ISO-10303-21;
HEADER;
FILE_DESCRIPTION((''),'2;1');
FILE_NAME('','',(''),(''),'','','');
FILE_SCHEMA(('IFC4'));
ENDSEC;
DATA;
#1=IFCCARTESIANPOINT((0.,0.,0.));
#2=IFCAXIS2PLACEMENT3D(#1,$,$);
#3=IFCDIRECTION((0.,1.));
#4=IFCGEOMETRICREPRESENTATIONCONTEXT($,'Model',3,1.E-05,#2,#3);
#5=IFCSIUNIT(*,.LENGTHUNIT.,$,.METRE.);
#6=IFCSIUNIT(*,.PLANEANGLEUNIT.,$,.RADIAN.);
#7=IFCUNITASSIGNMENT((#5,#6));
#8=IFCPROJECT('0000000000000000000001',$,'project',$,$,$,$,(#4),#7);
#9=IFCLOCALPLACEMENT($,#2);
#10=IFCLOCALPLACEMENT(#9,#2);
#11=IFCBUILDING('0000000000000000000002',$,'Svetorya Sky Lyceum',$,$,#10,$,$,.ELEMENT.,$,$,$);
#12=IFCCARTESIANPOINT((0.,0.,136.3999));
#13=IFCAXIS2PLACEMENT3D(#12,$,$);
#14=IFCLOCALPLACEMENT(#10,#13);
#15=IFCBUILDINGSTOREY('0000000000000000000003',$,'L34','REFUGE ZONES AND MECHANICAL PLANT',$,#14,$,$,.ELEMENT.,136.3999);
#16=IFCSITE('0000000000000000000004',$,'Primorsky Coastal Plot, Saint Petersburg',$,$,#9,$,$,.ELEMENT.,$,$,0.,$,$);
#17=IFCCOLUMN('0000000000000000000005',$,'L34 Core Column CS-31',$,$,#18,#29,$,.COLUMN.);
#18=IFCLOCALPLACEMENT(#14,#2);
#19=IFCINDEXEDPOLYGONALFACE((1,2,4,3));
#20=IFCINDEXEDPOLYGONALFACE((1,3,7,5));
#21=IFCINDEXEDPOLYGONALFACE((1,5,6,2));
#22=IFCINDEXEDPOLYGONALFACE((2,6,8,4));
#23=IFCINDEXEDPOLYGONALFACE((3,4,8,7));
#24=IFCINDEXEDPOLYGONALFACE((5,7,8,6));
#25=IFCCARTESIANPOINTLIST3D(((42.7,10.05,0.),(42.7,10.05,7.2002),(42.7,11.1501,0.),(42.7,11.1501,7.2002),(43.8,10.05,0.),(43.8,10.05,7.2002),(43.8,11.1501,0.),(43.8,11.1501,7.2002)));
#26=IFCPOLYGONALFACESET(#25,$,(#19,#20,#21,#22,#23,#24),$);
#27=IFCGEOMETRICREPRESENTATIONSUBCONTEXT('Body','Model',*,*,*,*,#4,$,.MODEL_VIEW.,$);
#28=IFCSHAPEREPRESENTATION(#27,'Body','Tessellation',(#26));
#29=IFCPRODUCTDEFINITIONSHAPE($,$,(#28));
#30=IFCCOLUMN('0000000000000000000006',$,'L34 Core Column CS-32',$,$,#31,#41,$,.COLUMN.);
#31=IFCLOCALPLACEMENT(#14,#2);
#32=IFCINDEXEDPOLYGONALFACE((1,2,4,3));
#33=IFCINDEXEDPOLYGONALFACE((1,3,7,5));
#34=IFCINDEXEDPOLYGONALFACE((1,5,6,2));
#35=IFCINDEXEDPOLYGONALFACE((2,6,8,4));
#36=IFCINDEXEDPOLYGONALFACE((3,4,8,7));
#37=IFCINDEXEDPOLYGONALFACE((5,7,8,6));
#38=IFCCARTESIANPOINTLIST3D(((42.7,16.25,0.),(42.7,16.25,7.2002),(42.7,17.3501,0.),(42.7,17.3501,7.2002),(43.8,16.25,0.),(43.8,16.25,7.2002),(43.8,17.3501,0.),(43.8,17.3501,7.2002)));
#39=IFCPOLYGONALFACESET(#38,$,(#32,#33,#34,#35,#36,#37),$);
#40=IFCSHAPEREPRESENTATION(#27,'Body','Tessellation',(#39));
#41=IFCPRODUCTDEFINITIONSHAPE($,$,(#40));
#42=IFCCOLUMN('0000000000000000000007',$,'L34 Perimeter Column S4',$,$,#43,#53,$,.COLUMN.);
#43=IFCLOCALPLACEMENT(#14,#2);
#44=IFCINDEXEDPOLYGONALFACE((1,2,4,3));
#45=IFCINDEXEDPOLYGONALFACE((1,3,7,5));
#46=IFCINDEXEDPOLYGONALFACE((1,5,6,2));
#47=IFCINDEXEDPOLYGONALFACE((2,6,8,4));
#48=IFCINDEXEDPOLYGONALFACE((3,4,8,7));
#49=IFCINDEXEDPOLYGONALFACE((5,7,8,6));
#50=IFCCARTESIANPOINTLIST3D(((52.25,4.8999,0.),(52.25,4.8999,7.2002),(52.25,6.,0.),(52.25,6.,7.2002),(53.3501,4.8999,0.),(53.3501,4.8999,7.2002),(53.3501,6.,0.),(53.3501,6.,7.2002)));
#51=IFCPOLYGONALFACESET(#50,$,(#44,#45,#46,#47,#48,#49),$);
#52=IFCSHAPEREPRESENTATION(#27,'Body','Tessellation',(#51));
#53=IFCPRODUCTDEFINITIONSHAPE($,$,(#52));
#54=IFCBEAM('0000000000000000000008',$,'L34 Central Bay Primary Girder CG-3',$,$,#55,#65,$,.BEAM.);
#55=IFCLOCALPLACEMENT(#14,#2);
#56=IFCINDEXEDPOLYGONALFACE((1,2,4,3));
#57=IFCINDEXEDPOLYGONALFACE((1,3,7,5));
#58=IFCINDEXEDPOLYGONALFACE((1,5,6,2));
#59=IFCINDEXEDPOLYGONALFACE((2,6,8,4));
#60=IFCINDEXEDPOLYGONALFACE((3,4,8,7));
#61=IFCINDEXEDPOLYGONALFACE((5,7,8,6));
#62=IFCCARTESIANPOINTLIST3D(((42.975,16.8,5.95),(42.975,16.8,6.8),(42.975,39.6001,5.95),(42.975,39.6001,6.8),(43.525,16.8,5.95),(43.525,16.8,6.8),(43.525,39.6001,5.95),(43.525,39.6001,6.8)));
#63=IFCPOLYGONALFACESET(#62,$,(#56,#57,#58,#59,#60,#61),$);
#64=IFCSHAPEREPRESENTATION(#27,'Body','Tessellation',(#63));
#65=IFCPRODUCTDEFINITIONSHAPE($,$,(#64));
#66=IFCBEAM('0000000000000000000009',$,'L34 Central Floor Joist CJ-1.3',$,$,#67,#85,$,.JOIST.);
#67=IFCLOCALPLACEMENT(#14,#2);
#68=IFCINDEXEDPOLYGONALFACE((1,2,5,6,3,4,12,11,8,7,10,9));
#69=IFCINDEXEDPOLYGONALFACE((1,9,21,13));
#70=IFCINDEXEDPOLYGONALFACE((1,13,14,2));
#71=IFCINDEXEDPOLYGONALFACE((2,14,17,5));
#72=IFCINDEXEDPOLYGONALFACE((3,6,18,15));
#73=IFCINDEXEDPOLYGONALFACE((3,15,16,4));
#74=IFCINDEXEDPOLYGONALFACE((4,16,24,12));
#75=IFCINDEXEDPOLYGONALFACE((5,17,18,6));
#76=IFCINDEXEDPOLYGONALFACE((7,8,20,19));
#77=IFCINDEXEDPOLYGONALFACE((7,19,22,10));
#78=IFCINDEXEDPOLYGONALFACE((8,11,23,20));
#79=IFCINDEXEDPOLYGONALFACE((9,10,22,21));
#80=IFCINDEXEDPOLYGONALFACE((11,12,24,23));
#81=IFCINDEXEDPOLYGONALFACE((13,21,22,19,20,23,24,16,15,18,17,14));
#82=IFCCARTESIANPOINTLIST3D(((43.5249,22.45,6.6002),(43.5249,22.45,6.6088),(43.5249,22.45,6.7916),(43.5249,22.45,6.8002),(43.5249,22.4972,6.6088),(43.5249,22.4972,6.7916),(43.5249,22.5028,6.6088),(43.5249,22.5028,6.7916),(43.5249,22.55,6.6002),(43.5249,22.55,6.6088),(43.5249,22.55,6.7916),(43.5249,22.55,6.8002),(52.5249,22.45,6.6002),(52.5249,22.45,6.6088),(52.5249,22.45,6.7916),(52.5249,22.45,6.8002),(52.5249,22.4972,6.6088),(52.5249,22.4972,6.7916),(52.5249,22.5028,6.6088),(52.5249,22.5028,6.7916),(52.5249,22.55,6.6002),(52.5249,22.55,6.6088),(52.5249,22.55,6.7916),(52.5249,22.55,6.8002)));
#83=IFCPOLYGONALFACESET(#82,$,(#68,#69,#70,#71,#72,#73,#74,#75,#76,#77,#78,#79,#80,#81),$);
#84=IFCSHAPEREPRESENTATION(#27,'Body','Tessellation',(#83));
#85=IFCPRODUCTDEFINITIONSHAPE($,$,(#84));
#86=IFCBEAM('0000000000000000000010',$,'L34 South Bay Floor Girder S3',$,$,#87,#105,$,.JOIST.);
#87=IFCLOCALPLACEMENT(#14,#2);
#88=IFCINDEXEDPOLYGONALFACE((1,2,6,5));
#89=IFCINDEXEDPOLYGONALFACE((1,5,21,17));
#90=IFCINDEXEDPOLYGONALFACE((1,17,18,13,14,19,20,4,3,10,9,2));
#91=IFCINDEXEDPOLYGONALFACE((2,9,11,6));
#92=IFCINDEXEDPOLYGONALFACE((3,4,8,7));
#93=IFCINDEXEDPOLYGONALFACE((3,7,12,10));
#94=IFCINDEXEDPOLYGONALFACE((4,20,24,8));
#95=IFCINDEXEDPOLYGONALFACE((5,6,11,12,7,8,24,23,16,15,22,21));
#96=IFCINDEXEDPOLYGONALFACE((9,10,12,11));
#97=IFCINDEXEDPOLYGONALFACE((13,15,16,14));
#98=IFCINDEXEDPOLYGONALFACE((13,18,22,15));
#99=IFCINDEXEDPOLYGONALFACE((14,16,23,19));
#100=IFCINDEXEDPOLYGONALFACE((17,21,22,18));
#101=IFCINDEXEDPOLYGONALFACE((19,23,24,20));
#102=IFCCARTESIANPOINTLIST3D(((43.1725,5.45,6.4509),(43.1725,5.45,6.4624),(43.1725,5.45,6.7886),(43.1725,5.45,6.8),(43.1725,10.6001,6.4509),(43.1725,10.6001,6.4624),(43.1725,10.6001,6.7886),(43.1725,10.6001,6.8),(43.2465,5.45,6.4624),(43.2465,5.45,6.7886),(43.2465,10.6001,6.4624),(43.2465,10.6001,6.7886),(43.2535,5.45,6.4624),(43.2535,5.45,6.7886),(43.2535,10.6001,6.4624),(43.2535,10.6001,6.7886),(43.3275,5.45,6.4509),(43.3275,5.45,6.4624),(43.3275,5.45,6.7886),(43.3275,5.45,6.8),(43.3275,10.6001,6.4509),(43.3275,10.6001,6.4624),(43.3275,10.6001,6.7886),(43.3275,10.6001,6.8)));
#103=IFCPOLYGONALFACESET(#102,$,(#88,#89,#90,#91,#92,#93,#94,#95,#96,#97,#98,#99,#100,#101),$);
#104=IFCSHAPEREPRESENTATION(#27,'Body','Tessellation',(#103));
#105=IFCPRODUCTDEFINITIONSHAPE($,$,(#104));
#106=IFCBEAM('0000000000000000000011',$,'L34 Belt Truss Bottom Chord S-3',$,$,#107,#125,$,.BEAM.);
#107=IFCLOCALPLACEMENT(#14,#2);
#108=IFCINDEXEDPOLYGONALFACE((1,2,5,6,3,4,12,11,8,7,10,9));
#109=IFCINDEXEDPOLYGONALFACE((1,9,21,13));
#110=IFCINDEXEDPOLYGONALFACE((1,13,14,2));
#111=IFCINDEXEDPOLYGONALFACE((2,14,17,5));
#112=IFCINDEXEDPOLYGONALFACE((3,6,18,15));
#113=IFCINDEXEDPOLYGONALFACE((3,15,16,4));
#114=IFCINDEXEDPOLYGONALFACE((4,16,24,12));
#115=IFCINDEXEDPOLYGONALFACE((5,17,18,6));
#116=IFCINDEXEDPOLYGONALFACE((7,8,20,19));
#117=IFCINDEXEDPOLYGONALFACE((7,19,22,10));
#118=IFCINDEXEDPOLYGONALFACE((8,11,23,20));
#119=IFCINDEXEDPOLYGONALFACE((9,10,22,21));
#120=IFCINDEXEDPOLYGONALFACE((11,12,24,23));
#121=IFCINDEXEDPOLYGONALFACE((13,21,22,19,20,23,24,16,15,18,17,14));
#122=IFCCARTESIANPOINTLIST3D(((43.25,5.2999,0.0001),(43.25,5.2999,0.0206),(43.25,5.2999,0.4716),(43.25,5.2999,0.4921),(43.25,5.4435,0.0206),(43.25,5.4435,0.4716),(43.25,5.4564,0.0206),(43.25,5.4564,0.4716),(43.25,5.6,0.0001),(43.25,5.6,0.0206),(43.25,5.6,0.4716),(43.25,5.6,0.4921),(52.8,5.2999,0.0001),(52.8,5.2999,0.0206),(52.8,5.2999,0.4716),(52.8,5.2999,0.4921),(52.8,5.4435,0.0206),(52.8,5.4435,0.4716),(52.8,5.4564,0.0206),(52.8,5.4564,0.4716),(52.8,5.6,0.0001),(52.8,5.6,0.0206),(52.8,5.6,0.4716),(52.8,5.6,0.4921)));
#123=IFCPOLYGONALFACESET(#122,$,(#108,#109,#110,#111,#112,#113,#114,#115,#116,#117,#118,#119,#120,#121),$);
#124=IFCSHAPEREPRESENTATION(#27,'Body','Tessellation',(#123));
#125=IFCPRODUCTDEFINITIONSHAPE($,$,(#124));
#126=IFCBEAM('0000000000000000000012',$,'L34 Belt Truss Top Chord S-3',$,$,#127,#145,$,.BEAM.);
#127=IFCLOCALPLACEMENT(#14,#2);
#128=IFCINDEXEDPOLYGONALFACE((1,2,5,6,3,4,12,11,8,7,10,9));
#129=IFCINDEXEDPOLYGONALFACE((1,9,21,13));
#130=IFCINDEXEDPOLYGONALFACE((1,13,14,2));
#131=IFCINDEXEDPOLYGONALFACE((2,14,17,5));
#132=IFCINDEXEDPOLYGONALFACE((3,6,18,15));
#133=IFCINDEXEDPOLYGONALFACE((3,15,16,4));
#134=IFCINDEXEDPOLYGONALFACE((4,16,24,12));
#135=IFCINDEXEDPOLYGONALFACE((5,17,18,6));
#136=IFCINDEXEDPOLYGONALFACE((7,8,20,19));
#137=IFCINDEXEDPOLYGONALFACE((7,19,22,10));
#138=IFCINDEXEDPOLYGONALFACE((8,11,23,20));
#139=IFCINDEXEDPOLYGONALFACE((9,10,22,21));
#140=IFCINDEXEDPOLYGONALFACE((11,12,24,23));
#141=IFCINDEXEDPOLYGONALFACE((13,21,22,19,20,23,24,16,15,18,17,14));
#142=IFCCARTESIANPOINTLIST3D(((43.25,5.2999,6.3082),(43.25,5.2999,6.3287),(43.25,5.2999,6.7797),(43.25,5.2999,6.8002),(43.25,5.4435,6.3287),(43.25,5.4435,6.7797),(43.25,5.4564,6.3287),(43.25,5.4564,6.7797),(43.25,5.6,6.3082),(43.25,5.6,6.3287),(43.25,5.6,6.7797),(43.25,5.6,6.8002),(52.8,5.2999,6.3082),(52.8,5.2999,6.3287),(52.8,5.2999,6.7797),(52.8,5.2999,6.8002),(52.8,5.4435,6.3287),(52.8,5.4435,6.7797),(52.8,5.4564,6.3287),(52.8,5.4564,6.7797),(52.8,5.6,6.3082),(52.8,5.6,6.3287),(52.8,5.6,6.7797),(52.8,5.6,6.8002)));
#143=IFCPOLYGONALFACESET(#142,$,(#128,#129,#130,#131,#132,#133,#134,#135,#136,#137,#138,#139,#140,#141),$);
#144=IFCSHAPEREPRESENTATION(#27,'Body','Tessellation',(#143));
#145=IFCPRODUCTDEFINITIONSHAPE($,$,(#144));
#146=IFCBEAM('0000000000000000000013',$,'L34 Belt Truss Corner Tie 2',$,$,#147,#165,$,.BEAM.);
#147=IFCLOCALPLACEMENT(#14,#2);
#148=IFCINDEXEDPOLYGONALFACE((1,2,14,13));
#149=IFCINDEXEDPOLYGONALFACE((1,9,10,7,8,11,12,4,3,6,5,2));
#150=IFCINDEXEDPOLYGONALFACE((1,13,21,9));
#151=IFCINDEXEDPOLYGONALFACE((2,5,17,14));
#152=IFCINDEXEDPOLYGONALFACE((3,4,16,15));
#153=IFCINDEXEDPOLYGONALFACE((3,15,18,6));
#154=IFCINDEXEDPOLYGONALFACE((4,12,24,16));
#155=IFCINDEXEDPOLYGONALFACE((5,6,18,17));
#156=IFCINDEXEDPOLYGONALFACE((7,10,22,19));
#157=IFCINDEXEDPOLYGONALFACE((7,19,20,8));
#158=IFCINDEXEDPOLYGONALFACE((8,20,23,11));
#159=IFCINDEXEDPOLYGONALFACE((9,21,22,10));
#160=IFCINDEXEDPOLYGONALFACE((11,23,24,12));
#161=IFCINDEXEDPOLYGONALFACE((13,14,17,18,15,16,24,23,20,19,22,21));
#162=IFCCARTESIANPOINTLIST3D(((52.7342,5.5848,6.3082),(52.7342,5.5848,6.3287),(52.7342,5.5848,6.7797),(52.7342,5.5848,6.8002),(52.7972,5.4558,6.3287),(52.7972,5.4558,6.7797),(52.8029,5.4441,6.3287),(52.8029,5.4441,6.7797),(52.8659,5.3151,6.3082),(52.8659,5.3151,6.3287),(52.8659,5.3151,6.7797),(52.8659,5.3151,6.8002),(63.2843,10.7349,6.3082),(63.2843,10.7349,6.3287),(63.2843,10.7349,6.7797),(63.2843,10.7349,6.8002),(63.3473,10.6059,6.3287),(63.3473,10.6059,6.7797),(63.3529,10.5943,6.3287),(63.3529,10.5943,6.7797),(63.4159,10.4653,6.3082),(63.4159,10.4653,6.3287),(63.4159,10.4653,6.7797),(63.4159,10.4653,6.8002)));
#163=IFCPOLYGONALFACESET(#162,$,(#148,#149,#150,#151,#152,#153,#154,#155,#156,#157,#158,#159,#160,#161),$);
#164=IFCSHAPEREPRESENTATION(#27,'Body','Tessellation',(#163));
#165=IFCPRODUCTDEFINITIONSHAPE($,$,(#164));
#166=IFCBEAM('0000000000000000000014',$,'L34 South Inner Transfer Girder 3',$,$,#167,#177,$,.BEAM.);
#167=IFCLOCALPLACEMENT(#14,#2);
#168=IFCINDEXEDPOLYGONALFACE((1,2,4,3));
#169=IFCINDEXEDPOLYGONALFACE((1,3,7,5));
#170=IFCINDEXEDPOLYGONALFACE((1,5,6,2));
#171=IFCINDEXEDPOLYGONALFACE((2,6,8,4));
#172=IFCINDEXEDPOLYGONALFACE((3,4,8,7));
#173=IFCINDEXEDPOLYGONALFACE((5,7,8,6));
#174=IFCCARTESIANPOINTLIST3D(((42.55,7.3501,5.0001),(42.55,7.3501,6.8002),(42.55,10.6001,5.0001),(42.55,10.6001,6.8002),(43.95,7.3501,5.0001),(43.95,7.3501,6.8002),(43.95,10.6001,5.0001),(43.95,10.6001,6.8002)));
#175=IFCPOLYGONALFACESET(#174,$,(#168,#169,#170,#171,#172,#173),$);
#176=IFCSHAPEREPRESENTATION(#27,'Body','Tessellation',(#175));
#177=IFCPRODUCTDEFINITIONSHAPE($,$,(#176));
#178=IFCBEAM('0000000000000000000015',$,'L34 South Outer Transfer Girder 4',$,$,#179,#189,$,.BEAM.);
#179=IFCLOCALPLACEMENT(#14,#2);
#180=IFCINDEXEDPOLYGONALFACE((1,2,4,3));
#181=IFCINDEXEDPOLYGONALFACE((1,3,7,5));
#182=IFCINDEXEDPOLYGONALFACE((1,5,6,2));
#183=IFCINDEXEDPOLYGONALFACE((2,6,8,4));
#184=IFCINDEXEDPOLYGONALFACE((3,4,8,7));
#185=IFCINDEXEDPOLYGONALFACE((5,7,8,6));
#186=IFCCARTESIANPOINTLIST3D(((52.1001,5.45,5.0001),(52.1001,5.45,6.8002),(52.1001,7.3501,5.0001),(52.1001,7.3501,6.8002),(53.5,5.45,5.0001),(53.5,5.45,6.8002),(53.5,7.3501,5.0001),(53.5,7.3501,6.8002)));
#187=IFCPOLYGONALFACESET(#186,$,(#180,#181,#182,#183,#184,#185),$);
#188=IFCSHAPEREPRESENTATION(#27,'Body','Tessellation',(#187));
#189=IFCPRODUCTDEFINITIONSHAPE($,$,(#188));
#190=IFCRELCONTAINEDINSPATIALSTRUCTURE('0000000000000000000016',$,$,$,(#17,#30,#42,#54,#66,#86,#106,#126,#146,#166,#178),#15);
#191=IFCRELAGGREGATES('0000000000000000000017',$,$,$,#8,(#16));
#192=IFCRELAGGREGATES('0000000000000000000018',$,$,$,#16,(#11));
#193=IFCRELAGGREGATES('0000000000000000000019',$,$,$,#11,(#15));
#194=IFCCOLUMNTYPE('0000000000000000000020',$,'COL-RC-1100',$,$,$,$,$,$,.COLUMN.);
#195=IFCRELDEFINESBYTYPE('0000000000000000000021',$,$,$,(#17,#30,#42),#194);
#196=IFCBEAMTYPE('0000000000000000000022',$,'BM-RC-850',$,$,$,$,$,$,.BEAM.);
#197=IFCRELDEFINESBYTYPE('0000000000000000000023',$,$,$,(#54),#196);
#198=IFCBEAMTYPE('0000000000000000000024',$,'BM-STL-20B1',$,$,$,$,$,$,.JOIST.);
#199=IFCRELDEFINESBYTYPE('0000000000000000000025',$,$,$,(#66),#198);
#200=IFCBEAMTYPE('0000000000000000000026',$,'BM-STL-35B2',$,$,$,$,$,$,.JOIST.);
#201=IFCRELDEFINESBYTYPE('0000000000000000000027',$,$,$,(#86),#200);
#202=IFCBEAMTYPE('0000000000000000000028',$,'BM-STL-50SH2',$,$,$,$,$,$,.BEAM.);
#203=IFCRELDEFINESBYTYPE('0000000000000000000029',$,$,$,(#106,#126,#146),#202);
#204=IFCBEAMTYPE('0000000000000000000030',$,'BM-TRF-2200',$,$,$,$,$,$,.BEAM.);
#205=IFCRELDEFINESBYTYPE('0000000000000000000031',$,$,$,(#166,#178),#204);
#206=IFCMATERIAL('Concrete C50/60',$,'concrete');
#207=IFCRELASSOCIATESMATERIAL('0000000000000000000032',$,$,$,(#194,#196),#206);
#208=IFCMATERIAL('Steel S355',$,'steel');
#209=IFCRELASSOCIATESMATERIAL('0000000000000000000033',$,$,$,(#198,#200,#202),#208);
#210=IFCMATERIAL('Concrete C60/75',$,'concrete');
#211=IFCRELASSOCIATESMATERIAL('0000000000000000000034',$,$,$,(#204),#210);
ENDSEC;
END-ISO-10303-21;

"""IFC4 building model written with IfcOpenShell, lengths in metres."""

from ifc_helpers import new_model, si_unit, direction, frame, origin, origin_2d, place, context, subcontext, project, spatial, rectangle, i_section, extrude, material, material_profile, profile_set, type_object, element, save


model = new_model("IFC4")

# Units and contexts
model_context = context("Model", 3, precision=1e-05, world=origin(), true_north=direction((0.0, 1.0)))
body_context = subcontext(model_context, "Body", "Model", "MODEL_VIEW")
ifc_project = project(units=[si_unit("LENGTHUNIT", "METRE"), si_unit("PLANEANGLEUNIT", "RADIAN")], contexts=[model_context])

# Site, building, storey
site_placement = place(None, origin())
site = spatial("IfcSite", under=ifc_project, at=site_placement, Name="Primorsky Coastal Plot, Saint Petersburg", CompositionType="ELEMENT", RefElevation=0.0)
building_placement = place(site_placement, origin())
building = spatial("IfcBuilding", under=site, at=building_placement, Name="Svetorya Sky Lyceum", CompositionType="ELEMENT")
storey_placement = place(building_placement, frame((0.0, 0.0, 136.3999)))
storey = spatial("IfcBuildingStorey", under=building, at=storey_placement, Name="L34", Description="REFUGE ZONES AND MECHANICAL PLANT", CompositionType="ELEMENT", Elevation=136.3999)

# Columns
ifc_material_1 = material(Name="Concrete C50/60", Category="concrete")
ifc_material_profile_1 = material_profile(ifc_material_1, rectangle(XDim=1.1001, YDim=1.1001, at=origin_2d()), Name="RC COL 1100x1100")
ifc_profile_set_1 = profile_set([ifc_material_profile_1], Name="Concrete C50/60")
column_type = type_object("IfcColumnType", Name="COL-RC-1100", PredefinedType="COLUMN", material=ifc_profile_set_1)
for number, where, z_axis, x_axis, name in (
    (1, (43.25, 10.6001, 0.0), (0.0, 0.0, 1.0), (1.0, 0.0, 0.0), "L34 Core Column CS-31"),
    (2, (43.25, 16.8, 0.0), (0.0, 0.0, 1.0), (1.0, 0.0, 0.0), "L34 Core Column CS-32"),
    (3, (52.8, 5.45, 0.0), (0.0, 0.0, 1.0), (1.0, 0.0, 0.0), "L34 Perimeter Column S4"),
):
    element("IfcColumn", number, at=place(storey_placement, frame(where, z_axis=z_axis, x_axis=x_axis)), inside=storey, type_object=column_type, Name=name, PredefinedType="COLUMN", context=body_context, shape_type="SweptSolid", body=[
        extrude(rectangle(XDim=1.1001, YDim=1.1001, at=origin_2d()), origin(), (0.0, 0.0, 1.0), 7.2002),
    ])

# Beams
ifc_material_profile_2 = material_profile(ifc_material_1, rectangle(XDim=0.55, YDim=0.8501, at=origin_2d()), Name="RC BEAM 550x850")
ifc_profile_set_2 = profile_set([ifc_material_profile_2], Name="Concrete C50/60")
beam_type_1 = type_object("IfcBeamType", Name="BM-RC-850", PredefinedType="BEAM", material=ifc_profile_set_2)
beam_1_placement = place(storey_placement, frame((43.25, 16.8, 6.375), z_axis=(0.0, 1.0, 0.0), x_axis=(-1.0, 0.0, 0.0)))
element("IfcBeam", 4, at=beam_1_placement, inside=storey, type_object=beam_type_1, Name="L34 Central Bay Primary Girder CG-3", PredefinedType="BEAM", context=body_context, shape_type="SweptSolid", body=[
    extrude(rectangle(XDim=0.55, YDim=0.8501, at=origin_2d()), origin(), (0.0, 0.0, 1.0), 22.8),
])
ifc_material_2 = material(Name="Steel S355", Category="steel")
ifc_material_profile_3 = material_profile(ifc_material_2, i_section(OverallWidth=0.1001, OverallDepth=0.2, WebThickness=0.0056, FlangeThickness=0.0085, at=origin_2d()), Name="GOST 20B1")
ifc_profile_set_3 = profile_set([ifc_material_profile_3], Name="Steel S355")
beam_type_2 = type_object("IfcBeamType", Name="BM-STL-20B1", PredefinedType="JOIST", material=ifc_profile_set_3)
beam_2_placement = place(storey_placement, frame((43.5249, 22.5, 6.7002), z_axis=(1.0, 0.0, 0.0), x_axis=(0.0, 1.0, 0.0)))
element("IfcBeam", 5, at=beam_2_placement, inside=storey, type_object=beam_type_2, Name="L34 Central Floor Joist CJ-1.3", PredefinedType="JOIST", context=body_context, shape_type="SweptSolid", body=[
    extrude(i_section(OverallWidth=0.1001, OverallDepth=0.2, WebThickness=0.0056, FlangeThickness=0.0085, at=origin_2d()), origin(), (0.0, 0.0, 1.0), 9.0),
])
ifc_material_profile_4 = material_profile(ifc_material_2, i_section(OverallWidth=0.155, OverallDepth=0.3491, WebThickness=0.0071, FlangeThickness=0.0115, at=origin_2d()), Name="GOST 35B2")
ifc_profile_set_4 = profile_set([ifc_material_profile_4], Name="Steel S355")
beam_type_3 = type_object("IfcBeamType", Name="BM-STL-35B2", PredefinedType="JOIST", material=ifc_profile_set_4)
beam_3_placement = place(storey_placement, frame((43.25, 5.45, 6.6255), z_axis=(0.0, 1.0, 0.0), x_axis=(-1.0, 0.0, 0.0)))
element("IfcBeam", 6, at=beam_3_placement, inside=storey, type_object=beam_type_3, Name="L34 South Bay Floor Girder S3", PredefinedType="JOIST", context=body_context, shape_type="SweptSolid", body=[
    extrude(i_section(OverallWidth=0.155, OverallDepth=0.3491, WebThickness=0.0071, FlangeThickness=0.0115, at=origin_2d()), origin(), (0.0, 0.0, 1.0), 5.1501),
])
ifc_material_profile_5 = material_profile(ifc_material_2, i_section(OverallWidth=0.3, OverallDepth=0.4919, WebThickness=0.0129, FlangeThickness=0.0205, at=origin_2d()), Name="GOST 50Sh2")
ifc_profile_set_5 = profile_set([ifc_material_profile_5], Name="Steel S355")
beam_type_4 = type_object("IfcBeamType", Name="BM-STL-50SH2", PredefinedType="BEAM", material=ifc_profile_set_5)
for number, where, z_axis, x_axis, name in (
    (7, (43.25, 5.45, 0.2461), (1.0, 0.0, 0.0), (0.0, 1.0, 0.0), "L34 Belt Truss Bottom Chord S-3"),
    (8, (43.25, 5.45, 6.5542), (1.0, 0.0, 0.0), (0.0, 1.0, 0.0), "L34 Belt Truss Top Chord S-3"),
):
    element("IfcBeam", number, at=place(storey_placement, frame(where, z_axis=z_axis, x_axis=x_axis)), inside=storey, type_object=beam_type_4, Name=name, PredefinedType="BEAM", context=body_context, shape_type="SweptSolid", body=[
        extrude(i_section(OverallWidth=0.3, OverallDepth=0.4919, WebThickness=0.0129, FlangeThickness=0.0205, at=origin_2d()), origin(), (0.0, 0.0, 1.0), 9.55),
    ])
beam_4_placement = place(storey_placement, frame((52.8, 5.45, 6.5542), z_axis=(0.898641, 0.438684, 0.0), x_axis=(-0.438684, 0.898641, 0.0)))
element("IfcBeam", 9, at=beam_4_placement, inside=storey, type_object=beam_type_4, Name="L34 Belt Truss Corner Tie 2", PredefinedType="BEAM", context=body_context, shape_type="SweptSolid", body=[
    extrude(i_section(OverallWidth=0.3, OverallDepth=0.4919, WebThickness=0.0129, FlangeThickness=0.0205, at=origin_2d()), origin(), (0.0, 0.0, 1.0), 11.74),
])
ifc_material_3 = material(Name="Concrete C60/75", Category="concrete")
ifc_material_profile_6 = material_profile(ifc_material_3, rectangle(XDim=1.3999, YDim=1.8, at=origin_2d()), Name="RC TRANSFER 1400x1800")
ifc_profile_set_6 = profile_set([ifc_material_profile_6], Name="Concrete C60/75")
beam_type_5 = type_object("IfcBeamType", Name="BM-TRF-2200", PredefinedType="BEAM", material=ifc_profile_set_6)
beam_5_placement = place(storey_placement, frame((43.25, 7.3501, 5.9001), z_axis=(0.0, 1.0, 0.0), x_axis=(-1.0, 0.0, 0.0)))
element("IfcBeam", 10, at=beam_5_placement, inside=storey, type_object=beam_type_5, Name="L34 South Inner Transfer Girder 3", PredefinedType="BEAM", context=body_context, shape_type="SweptSolid", body=[
    extrude(rectangle(XDim=1.3999, YDim=1.8, at=origin_2d()), origin(), (0.0, 0.0, 1.0), 3.25),
])
beam_6_placement = place(storey_placement, frame((52.8, 5.45, 5.9001), z_axis=(0.0, 1.0, 0.0), x_axis=(-1.0, 0.0, 0.0)))
element("IfcBeam", 11, at=beam_6_placement, inside=storey, type_object=beam_type_5, Name="L34 South Outer Transfer Girder 4", PredefinedType="BEAM", context=body_context, shape_type="SweptSolid", body=[
    extrude(rectangle(XDim=1.3999, YDim=1.8, at=origin_2d()), origin(), (0.0, 0.0, 1.0), 1.9001),
])

save(model, "model.ifc")
